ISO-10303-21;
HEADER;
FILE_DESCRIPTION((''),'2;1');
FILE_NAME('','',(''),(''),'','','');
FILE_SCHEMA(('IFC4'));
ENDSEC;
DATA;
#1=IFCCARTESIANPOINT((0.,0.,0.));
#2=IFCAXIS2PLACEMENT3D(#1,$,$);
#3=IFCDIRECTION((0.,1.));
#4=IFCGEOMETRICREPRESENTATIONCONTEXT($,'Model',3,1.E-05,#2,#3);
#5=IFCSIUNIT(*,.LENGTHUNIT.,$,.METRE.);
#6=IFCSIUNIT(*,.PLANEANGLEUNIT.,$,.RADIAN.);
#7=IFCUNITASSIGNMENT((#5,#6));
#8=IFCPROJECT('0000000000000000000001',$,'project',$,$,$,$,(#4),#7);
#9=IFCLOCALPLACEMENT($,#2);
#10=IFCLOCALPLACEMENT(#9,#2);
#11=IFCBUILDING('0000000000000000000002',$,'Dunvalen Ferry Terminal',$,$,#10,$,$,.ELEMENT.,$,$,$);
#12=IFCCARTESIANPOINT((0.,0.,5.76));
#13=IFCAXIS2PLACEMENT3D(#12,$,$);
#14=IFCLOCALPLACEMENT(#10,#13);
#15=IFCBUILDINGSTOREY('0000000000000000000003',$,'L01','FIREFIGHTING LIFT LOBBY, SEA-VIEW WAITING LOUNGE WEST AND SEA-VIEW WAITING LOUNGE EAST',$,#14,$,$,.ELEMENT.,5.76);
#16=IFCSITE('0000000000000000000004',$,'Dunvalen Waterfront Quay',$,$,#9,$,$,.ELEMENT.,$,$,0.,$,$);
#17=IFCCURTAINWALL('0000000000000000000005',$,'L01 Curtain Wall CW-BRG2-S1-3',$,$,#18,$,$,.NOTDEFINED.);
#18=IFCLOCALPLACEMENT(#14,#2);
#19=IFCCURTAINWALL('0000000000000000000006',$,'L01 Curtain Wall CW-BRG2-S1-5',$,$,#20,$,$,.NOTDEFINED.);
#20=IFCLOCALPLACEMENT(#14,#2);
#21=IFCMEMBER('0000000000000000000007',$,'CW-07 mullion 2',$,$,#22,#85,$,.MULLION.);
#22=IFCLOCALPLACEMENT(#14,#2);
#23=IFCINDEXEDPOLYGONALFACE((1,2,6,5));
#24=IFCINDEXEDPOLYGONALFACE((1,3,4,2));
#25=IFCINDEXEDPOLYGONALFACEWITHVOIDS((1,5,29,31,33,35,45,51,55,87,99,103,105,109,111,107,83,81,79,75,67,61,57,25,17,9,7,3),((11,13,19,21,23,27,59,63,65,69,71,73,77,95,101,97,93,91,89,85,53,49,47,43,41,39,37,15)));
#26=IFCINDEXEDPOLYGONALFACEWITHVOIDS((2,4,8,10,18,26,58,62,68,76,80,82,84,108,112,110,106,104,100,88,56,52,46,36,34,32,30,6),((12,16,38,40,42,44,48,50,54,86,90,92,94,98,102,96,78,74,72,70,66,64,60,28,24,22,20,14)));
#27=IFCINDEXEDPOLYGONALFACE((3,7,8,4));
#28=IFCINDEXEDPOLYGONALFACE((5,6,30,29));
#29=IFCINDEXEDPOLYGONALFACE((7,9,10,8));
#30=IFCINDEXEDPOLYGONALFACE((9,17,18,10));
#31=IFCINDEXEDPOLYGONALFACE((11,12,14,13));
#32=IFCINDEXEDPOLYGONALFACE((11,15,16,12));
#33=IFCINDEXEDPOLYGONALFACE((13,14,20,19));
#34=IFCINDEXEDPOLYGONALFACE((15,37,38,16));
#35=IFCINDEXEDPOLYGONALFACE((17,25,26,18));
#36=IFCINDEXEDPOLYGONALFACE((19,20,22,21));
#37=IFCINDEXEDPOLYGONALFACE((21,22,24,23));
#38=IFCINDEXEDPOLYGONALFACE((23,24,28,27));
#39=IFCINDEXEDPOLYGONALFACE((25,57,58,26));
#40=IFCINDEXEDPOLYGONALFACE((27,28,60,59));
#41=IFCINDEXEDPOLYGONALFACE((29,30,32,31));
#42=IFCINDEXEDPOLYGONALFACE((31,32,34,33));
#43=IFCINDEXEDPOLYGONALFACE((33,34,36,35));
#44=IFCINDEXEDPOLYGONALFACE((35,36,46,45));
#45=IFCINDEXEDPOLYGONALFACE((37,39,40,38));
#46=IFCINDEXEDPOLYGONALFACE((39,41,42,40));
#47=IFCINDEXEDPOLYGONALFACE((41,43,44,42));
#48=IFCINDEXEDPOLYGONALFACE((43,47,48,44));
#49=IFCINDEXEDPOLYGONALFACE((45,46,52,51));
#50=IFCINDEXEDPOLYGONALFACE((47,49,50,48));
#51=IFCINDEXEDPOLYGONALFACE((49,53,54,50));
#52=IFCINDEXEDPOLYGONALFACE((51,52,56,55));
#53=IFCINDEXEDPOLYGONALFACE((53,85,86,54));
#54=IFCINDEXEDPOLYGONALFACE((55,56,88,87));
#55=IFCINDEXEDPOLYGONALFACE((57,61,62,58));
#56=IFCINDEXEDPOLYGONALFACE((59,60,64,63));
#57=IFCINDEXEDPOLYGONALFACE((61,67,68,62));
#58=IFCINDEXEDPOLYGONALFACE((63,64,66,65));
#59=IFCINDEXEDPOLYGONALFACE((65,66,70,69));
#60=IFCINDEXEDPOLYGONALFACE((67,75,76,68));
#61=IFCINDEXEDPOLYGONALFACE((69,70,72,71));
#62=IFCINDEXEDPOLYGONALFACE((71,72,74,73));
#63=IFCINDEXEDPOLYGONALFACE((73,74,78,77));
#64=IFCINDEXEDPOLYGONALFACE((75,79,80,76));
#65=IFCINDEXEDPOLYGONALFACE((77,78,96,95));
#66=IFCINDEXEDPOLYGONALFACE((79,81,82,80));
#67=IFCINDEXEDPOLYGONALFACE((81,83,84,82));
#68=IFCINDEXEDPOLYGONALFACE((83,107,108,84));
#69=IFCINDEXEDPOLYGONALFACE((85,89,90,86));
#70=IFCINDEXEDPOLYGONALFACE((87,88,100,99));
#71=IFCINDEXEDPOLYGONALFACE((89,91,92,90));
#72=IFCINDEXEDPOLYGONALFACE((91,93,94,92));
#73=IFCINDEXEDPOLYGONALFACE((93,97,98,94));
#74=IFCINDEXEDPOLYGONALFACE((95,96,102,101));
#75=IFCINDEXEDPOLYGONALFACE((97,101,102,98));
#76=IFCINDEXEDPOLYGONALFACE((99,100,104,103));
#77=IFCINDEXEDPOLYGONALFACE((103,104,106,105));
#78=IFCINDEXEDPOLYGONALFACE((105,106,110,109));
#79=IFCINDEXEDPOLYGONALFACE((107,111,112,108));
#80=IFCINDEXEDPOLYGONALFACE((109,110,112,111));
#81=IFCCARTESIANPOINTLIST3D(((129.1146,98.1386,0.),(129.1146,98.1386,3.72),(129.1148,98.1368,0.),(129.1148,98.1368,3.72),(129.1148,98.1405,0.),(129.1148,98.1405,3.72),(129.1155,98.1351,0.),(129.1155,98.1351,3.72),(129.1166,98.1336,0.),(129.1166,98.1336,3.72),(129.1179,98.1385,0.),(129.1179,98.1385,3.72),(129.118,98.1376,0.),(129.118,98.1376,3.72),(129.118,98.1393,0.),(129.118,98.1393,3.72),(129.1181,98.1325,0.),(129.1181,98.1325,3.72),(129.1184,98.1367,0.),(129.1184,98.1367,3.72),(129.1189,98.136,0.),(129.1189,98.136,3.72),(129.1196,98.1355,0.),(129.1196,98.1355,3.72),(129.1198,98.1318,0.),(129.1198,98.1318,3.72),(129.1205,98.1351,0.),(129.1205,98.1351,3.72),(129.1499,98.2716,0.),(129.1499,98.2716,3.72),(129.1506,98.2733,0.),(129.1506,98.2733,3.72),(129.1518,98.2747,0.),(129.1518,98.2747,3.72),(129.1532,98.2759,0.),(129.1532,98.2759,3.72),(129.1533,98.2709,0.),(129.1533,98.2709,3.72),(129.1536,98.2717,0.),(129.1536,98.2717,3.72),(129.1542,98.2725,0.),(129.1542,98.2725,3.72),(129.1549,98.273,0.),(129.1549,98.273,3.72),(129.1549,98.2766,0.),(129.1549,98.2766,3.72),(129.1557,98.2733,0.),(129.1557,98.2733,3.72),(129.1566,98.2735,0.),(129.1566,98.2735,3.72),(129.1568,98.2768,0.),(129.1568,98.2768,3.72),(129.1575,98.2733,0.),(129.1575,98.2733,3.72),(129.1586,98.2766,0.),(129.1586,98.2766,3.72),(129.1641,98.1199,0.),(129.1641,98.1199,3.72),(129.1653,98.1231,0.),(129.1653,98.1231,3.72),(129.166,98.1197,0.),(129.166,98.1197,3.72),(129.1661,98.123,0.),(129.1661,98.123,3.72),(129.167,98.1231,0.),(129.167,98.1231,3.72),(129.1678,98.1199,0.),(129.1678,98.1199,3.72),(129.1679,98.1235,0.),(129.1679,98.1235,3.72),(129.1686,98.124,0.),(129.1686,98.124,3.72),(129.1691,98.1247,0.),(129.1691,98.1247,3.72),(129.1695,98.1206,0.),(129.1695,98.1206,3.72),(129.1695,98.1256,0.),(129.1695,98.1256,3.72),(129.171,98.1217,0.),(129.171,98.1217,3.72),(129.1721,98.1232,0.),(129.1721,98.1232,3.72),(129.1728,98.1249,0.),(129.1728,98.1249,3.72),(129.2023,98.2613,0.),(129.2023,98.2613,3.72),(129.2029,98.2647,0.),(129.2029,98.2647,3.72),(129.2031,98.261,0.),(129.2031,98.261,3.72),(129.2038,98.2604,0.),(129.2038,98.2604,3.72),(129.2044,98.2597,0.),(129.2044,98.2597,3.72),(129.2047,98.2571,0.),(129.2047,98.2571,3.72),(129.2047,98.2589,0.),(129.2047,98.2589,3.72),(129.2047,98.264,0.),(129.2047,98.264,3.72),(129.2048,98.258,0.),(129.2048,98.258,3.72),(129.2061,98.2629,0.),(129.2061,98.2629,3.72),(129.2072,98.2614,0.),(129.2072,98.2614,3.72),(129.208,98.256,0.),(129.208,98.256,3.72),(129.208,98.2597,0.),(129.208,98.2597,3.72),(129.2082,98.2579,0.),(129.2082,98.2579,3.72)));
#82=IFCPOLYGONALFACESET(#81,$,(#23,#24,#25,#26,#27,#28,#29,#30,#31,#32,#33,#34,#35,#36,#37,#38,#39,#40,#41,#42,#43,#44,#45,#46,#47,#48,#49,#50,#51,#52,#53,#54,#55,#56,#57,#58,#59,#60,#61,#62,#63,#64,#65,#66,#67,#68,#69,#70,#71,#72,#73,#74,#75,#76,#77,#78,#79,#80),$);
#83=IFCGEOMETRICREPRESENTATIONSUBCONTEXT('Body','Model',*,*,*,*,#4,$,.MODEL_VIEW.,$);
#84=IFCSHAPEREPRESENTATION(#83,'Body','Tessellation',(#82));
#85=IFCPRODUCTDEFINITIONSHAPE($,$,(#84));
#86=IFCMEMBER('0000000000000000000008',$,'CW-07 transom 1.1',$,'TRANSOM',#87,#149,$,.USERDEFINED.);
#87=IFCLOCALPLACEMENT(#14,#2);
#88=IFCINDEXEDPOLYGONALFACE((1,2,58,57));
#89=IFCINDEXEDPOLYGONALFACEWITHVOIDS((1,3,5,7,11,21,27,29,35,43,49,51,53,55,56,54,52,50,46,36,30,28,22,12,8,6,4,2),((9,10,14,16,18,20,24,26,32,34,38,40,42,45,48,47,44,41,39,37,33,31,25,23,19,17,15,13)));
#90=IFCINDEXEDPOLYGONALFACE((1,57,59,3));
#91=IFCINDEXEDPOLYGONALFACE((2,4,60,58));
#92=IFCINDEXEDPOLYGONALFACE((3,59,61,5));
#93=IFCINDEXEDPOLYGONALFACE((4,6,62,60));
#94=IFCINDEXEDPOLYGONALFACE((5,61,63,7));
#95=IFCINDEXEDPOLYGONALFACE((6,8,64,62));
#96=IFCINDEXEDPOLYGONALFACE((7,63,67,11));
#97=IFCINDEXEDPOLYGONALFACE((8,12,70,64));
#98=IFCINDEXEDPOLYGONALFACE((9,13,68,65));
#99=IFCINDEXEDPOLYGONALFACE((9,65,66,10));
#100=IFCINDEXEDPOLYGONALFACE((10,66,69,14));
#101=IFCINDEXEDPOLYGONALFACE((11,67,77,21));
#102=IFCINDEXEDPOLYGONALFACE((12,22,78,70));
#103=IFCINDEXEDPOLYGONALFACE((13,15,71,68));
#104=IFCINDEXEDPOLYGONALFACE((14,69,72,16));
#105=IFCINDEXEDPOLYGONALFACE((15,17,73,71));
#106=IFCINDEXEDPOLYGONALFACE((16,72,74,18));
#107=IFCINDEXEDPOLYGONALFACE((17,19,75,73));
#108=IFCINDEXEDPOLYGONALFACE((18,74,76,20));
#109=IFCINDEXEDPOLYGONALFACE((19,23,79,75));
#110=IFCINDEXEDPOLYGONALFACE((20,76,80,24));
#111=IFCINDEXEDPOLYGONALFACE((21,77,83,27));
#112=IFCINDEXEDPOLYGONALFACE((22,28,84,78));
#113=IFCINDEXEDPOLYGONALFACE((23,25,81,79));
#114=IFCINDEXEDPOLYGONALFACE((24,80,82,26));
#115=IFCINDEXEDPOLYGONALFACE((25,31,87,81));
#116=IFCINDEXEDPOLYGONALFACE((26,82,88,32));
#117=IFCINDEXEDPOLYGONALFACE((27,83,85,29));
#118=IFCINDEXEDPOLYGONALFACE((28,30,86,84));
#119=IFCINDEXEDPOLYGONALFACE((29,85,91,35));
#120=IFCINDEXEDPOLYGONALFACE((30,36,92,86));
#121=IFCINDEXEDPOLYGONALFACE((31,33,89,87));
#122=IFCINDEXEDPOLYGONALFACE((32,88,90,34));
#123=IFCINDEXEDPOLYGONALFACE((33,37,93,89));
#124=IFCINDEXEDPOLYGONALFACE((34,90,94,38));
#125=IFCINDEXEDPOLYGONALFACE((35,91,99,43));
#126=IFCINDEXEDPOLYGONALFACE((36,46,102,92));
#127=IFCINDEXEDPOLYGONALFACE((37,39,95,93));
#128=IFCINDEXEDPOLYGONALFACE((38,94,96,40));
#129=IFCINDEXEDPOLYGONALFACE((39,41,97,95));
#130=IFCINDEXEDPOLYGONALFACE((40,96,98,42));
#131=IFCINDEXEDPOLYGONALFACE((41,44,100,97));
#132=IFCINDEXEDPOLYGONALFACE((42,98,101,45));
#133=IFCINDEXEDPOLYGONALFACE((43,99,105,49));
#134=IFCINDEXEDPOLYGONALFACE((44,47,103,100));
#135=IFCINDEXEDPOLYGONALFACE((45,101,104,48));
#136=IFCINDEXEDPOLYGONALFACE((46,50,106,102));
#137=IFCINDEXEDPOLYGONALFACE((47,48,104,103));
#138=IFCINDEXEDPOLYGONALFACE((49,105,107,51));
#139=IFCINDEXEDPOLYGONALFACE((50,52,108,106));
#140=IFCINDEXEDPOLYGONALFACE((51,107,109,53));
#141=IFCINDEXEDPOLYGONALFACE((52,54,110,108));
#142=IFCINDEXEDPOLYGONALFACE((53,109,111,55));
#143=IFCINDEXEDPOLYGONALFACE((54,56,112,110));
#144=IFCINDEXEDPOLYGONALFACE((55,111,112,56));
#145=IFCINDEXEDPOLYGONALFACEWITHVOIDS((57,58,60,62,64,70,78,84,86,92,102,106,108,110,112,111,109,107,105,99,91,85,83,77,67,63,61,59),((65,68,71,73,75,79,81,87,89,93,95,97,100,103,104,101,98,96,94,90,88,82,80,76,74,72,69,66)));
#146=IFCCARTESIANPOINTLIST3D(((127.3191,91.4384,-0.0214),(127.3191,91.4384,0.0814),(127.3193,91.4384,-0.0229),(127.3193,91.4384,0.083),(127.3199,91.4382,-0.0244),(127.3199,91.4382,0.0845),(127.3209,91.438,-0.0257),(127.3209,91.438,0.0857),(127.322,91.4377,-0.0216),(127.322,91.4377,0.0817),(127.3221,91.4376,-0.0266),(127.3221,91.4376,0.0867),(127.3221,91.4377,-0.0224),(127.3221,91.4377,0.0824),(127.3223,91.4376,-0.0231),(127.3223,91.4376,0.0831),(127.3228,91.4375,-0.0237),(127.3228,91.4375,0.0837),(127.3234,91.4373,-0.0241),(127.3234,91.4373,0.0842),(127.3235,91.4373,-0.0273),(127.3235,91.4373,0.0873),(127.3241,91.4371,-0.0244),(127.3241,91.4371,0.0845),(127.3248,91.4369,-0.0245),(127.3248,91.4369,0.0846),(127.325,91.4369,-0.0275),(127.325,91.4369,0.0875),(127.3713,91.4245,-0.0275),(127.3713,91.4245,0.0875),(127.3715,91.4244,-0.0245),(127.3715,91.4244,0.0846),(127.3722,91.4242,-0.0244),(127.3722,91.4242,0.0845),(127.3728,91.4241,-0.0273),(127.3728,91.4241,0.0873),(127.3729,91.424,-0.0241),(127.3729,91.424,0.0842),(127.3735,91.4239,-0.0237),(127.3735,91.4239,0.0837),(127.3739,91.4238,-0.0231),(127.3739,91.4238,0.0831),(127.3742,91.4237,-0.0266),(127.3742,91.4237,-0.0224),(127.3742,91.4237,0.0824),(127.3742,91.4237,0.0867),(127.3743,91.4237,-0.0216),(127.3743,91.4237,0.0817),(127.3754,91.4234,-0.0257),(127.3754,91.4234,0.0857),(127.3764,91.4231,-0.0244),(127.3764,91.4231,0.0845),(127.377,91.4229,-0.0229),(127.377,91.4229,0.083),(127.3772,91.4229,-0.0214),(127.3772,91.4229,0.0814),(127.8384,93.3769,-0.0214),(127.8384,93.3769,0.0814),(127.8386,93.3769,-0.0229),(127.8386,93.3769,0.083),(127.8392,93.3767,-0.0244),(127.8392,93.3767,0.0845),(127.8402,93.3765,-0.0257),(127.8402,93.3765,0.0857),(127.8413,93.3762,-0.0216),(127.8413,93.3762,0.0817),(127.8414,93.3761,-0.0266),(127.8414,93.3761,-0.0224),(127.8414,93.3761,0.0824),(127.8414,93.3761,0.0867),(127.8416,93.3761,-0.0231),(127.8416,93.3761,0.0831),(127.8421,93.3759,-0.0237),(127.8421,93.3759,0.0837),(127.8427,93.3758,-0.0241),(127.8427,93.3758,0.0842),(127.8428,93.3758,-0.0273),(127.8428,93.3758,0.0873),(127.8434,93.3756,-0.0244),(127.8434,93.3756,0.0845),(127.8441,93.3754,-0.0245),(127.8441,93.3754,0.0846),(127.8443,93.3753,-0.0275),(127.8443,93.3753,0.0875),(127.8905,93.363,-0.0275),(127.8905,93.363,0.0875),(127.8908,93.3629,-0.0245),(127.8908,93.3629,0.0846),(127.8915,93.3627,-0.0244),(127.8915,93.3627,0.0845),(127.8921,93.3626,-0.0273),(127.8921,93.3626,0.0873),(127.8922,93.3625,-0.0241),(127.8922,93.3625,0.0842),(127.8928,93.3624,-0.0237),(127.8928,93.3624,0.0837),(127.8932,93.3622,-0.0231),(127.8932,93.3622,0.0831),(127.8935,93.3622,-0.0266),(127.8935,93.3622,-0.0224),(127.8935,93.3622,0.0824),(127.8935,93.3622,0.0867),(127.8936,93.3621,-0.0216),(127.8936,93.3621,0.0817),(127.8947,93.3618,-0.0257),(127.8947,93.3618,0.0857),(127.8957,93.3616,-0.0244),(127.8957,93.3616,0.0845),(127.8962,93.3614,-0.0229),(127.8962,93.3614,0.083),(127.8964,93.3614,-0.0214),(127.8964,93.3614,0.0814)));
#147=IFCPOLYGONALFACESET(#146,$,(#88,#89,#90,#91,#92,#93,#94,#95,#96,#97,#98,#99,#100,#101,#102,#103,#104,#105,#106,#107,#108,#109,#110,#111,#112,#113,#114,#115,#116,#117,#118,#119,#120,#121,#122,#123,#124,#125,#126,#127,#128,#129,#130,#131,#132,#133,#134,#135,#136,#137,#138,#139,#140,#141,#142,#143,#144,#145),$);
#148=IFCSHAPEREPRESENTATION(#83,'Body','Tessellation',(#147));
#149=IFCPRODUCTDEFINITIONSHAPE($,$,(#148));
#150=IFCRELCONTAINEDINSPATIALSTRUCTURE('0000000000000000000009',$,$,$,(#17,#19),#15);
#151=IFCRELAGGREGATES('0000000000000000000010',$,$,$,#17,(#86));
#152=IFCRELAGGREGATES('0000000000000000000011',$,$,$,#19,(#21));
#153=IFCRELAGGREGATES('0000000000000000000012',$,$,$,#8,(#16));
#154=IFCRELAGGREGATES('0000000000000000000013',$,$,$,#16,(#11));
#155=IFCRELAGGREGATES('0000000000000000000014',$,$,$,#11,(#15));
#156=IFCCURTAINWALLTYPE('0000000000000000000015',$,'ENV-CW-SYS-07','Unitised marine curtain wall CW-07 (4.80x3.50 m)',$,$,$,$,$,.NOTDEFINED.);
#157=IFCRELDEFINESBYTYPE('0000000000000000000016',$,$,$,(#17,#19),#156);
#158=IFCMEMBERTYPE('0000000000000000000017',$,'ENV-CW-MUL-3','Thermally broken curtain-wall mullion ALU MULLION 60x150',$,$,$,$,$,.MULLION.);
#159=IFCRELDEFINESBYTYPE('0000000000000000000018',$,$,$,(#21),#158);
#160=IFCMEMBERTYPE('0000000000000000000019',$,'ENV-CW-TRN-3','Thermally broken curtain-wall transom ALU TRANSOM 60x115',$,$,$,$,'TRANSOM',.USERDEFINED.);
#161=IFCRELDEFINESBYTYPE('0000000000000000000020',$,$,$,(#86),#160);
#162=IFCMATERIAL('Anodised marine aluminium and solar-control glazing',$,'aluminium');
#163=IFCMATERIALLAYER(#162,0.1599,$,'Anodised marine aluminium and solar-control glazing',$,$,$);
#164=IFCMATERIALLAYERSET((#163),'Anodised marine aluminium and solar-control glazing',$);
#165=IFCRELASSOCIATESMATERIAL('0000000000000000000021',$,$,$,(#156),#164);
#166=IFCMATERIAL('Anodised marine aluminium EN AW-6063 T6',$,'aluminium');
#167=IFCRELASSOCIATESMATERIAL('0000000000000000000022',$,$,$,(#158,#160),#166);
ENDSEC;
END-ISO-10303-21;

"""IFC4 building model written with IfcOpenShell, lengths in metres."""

from ifc_helpers import new_model, si_unit, direction, frame, origin, origin_2d, place, context, subcontext, project, spatial, hollow_rectangle, extrude, material, layer, layer_set, material_profile, profile_set, type_object, element, aggregate, save


model = new_model("IFC4")

# Units and contexts
model_context = context("Model", 3, precision=1e-05, world=origin(), true_north=direction((0.0, 1.0)))
body_context = subcontext(model_context, "Body", "Model", "MODEL_VIEW")
ifc_project = project(units=[si_unit("LENGTHUNIT", "METRE"), si_unit("PLANEANGLEUNIT", "RADIAN")], contexts=[model_context])

# Site, building, storey
site_placement = place(None, origin())
site = spatial("IfcSite", under=ifc_project, at=site_placement, Name="Dunvalen Waterfront Quay", CompositionType="ELEMENT", RefElevation=0.0)
building_placement = place(site_placement, origin())
building = spatial("IfcBuilding", under=site, at=building_placement, Name="Dunvalen Ferry Terminal", CompositionType="ELEMENT")
storey_placement = place(building_placement, frame((0.0, 0.0, 5.76)))
storey = spatial("IfcBuildingStorey", under=building, at=storey_placement, Name="L01", Description="FIREFIGHTING LIFT LOBBY, SEA-VIEW WAITING LOUNGE WEST AND SEA-VIEW WAITING LOUNGE EAST", CompositionType="ELEMENT", Elevation=5.76)

# Curtain wall
ifc_material_1 = material(Name="Anodised marine aluminium and solar-control glazing", Category="aluminium")
ifc_layer_1 = layer(ifc_material_1, 0.1599, Name="Anodised marine aluminium and solar-control glazing")
ifc_layer_set_1 = layer_set([ifc_layer_1], Name="Anodised marine aluminium and solar-control glazing")
curtain_wall_type = type_object("IfcCurtainWallType", Name="ENV-CW-SYS-07", Description="Unitised marine curtain wall CW-07 (4.80x3.50 m)", PredefinedType="NOTDEFINED", material=ifc_layer_set_1)
curtain_wall_1_placement = place(storey_placement, origin())
curtain_wall_1 = element("IfcCurtainWall", 1, at=curtain_wall_1_placement, inside=storey, type_object=curtain_wall_type, Name="L01 Curtain Wall CW-BRG2-S1-3", PredefinedType="NOTDEFINED")
ifc_material_2 = material(Name="Anodised marine aluminium EN AW-6063 T6", Category="aluminium")
ifc_material_profile_1 = material_profile(ifc_material_2, hollow_rectangle(XDim=0.0601, YDim=0.1499, WallThickness=0.0034, InnerFilletRadius=0.0034, OuterFilletRadius=0.0071, at=origin_2d()), Name="Anodised marine aluminium EN AW-6063 T6")
ifc_profile_set_1 = profile_set([ifc_material_profile_1], Name="Anodised marine aluminium EN AW-6063 T6")
member_type_1 = type_object("IfcMemberType", Name="ENV-CW-MUL-3", Description="Thermally broken curtain-wall mullion ALU MULLION 60x150", PredefinedType="MULLION", material=ifc_profile_set_1)

# Curtain wall, member
curtain_wall_2_placement = place(storey_placement, origin())
curtain_wall_2 = element("IfcCurtainWall", 2, at=curtain_wall_2_placement, inside=storey, type_object=curtain_wall_type, Name="L01 Curtain Wall CW-BRG2-S1-5", PredefinedType="NOTDEFINED")
member_1_placement = place(storey_placement, frame((129.1614, 98.1982, 0.0), z_axis=(0.0, 0.0, 1.0), x_axis=(-0.965923, 0.25883, 0.0)))
member_1 = element("IfcMember", 3, at=member_1_placement, type_object=member_type_1, Name="CW-07 mullion 2", PredefinedType="MULLION", context=body_context, shape_type="SweptSolid", body=[
    extrude(hollow_rectangle(XDim=0.0601, YDim=0.1499, WallThickness=0.0034, InnerFilletRadius=0.0034, OuterFilletRadius=0.0071, at=origin_2d()), origin(), (0.0, 0.0, 1.0), 3.72),
])

# Member
ifc_material_profile_2 = material_profile(ifc_material_2, hollow_rectangle(XDim=0.0601, YDim=0.115, WallThickness=0.0029, InnerFilletRadius=0.0029, OuterFilletRadius=0.0061, at=origin_2d()), Name="Anodised marine aluminium EN AW-6063 T6")
ifc_profile_set_2 = profile_set([ifc_material_profile_2], Name="Anodised marine aluminium EN AW-6063 T6")
member_type_2 = type_object("IfcMemberType", Name="ENV-CW-TRN-3", Description="Thermally broken curtain-wall transom ALU TRANSOM 60x115", ElementType="TRANSOM", PredefinedType="USERDEFINED", material=ifc_profile_set_2)
member_2_placement = place(storey_placement, frame((127.3481, 91.4307, 0.03), z_axis=(0.25876, 0.965942, 0.0), x_axis=(-0.965942, 0.25876, 0.0)))
member_2 = element("IfcMember", 4, at=member_2_placement, type_object=member_type_2, Name="CW-07 transom 1.1", ObjectType="TRANSOM", PredefinedType="USERDEFINED", context=body_context, shape_type="SweptSolid", body=[
    extrude(hollow_rectangle(XDim=0.0601, YDim=0.115, WallThickness=0.0029, InnerFilletRadius=0.0029, OuterFilletRadius=0.0061, at=origin_2d()), origin(), (0.0, 0.0, 1.0), 2.0068),
])

aggregate(curtain_wall_1, [member_2])
aggregate(curtain_wall_2, [member_1])

save(model, "model.ifc")
